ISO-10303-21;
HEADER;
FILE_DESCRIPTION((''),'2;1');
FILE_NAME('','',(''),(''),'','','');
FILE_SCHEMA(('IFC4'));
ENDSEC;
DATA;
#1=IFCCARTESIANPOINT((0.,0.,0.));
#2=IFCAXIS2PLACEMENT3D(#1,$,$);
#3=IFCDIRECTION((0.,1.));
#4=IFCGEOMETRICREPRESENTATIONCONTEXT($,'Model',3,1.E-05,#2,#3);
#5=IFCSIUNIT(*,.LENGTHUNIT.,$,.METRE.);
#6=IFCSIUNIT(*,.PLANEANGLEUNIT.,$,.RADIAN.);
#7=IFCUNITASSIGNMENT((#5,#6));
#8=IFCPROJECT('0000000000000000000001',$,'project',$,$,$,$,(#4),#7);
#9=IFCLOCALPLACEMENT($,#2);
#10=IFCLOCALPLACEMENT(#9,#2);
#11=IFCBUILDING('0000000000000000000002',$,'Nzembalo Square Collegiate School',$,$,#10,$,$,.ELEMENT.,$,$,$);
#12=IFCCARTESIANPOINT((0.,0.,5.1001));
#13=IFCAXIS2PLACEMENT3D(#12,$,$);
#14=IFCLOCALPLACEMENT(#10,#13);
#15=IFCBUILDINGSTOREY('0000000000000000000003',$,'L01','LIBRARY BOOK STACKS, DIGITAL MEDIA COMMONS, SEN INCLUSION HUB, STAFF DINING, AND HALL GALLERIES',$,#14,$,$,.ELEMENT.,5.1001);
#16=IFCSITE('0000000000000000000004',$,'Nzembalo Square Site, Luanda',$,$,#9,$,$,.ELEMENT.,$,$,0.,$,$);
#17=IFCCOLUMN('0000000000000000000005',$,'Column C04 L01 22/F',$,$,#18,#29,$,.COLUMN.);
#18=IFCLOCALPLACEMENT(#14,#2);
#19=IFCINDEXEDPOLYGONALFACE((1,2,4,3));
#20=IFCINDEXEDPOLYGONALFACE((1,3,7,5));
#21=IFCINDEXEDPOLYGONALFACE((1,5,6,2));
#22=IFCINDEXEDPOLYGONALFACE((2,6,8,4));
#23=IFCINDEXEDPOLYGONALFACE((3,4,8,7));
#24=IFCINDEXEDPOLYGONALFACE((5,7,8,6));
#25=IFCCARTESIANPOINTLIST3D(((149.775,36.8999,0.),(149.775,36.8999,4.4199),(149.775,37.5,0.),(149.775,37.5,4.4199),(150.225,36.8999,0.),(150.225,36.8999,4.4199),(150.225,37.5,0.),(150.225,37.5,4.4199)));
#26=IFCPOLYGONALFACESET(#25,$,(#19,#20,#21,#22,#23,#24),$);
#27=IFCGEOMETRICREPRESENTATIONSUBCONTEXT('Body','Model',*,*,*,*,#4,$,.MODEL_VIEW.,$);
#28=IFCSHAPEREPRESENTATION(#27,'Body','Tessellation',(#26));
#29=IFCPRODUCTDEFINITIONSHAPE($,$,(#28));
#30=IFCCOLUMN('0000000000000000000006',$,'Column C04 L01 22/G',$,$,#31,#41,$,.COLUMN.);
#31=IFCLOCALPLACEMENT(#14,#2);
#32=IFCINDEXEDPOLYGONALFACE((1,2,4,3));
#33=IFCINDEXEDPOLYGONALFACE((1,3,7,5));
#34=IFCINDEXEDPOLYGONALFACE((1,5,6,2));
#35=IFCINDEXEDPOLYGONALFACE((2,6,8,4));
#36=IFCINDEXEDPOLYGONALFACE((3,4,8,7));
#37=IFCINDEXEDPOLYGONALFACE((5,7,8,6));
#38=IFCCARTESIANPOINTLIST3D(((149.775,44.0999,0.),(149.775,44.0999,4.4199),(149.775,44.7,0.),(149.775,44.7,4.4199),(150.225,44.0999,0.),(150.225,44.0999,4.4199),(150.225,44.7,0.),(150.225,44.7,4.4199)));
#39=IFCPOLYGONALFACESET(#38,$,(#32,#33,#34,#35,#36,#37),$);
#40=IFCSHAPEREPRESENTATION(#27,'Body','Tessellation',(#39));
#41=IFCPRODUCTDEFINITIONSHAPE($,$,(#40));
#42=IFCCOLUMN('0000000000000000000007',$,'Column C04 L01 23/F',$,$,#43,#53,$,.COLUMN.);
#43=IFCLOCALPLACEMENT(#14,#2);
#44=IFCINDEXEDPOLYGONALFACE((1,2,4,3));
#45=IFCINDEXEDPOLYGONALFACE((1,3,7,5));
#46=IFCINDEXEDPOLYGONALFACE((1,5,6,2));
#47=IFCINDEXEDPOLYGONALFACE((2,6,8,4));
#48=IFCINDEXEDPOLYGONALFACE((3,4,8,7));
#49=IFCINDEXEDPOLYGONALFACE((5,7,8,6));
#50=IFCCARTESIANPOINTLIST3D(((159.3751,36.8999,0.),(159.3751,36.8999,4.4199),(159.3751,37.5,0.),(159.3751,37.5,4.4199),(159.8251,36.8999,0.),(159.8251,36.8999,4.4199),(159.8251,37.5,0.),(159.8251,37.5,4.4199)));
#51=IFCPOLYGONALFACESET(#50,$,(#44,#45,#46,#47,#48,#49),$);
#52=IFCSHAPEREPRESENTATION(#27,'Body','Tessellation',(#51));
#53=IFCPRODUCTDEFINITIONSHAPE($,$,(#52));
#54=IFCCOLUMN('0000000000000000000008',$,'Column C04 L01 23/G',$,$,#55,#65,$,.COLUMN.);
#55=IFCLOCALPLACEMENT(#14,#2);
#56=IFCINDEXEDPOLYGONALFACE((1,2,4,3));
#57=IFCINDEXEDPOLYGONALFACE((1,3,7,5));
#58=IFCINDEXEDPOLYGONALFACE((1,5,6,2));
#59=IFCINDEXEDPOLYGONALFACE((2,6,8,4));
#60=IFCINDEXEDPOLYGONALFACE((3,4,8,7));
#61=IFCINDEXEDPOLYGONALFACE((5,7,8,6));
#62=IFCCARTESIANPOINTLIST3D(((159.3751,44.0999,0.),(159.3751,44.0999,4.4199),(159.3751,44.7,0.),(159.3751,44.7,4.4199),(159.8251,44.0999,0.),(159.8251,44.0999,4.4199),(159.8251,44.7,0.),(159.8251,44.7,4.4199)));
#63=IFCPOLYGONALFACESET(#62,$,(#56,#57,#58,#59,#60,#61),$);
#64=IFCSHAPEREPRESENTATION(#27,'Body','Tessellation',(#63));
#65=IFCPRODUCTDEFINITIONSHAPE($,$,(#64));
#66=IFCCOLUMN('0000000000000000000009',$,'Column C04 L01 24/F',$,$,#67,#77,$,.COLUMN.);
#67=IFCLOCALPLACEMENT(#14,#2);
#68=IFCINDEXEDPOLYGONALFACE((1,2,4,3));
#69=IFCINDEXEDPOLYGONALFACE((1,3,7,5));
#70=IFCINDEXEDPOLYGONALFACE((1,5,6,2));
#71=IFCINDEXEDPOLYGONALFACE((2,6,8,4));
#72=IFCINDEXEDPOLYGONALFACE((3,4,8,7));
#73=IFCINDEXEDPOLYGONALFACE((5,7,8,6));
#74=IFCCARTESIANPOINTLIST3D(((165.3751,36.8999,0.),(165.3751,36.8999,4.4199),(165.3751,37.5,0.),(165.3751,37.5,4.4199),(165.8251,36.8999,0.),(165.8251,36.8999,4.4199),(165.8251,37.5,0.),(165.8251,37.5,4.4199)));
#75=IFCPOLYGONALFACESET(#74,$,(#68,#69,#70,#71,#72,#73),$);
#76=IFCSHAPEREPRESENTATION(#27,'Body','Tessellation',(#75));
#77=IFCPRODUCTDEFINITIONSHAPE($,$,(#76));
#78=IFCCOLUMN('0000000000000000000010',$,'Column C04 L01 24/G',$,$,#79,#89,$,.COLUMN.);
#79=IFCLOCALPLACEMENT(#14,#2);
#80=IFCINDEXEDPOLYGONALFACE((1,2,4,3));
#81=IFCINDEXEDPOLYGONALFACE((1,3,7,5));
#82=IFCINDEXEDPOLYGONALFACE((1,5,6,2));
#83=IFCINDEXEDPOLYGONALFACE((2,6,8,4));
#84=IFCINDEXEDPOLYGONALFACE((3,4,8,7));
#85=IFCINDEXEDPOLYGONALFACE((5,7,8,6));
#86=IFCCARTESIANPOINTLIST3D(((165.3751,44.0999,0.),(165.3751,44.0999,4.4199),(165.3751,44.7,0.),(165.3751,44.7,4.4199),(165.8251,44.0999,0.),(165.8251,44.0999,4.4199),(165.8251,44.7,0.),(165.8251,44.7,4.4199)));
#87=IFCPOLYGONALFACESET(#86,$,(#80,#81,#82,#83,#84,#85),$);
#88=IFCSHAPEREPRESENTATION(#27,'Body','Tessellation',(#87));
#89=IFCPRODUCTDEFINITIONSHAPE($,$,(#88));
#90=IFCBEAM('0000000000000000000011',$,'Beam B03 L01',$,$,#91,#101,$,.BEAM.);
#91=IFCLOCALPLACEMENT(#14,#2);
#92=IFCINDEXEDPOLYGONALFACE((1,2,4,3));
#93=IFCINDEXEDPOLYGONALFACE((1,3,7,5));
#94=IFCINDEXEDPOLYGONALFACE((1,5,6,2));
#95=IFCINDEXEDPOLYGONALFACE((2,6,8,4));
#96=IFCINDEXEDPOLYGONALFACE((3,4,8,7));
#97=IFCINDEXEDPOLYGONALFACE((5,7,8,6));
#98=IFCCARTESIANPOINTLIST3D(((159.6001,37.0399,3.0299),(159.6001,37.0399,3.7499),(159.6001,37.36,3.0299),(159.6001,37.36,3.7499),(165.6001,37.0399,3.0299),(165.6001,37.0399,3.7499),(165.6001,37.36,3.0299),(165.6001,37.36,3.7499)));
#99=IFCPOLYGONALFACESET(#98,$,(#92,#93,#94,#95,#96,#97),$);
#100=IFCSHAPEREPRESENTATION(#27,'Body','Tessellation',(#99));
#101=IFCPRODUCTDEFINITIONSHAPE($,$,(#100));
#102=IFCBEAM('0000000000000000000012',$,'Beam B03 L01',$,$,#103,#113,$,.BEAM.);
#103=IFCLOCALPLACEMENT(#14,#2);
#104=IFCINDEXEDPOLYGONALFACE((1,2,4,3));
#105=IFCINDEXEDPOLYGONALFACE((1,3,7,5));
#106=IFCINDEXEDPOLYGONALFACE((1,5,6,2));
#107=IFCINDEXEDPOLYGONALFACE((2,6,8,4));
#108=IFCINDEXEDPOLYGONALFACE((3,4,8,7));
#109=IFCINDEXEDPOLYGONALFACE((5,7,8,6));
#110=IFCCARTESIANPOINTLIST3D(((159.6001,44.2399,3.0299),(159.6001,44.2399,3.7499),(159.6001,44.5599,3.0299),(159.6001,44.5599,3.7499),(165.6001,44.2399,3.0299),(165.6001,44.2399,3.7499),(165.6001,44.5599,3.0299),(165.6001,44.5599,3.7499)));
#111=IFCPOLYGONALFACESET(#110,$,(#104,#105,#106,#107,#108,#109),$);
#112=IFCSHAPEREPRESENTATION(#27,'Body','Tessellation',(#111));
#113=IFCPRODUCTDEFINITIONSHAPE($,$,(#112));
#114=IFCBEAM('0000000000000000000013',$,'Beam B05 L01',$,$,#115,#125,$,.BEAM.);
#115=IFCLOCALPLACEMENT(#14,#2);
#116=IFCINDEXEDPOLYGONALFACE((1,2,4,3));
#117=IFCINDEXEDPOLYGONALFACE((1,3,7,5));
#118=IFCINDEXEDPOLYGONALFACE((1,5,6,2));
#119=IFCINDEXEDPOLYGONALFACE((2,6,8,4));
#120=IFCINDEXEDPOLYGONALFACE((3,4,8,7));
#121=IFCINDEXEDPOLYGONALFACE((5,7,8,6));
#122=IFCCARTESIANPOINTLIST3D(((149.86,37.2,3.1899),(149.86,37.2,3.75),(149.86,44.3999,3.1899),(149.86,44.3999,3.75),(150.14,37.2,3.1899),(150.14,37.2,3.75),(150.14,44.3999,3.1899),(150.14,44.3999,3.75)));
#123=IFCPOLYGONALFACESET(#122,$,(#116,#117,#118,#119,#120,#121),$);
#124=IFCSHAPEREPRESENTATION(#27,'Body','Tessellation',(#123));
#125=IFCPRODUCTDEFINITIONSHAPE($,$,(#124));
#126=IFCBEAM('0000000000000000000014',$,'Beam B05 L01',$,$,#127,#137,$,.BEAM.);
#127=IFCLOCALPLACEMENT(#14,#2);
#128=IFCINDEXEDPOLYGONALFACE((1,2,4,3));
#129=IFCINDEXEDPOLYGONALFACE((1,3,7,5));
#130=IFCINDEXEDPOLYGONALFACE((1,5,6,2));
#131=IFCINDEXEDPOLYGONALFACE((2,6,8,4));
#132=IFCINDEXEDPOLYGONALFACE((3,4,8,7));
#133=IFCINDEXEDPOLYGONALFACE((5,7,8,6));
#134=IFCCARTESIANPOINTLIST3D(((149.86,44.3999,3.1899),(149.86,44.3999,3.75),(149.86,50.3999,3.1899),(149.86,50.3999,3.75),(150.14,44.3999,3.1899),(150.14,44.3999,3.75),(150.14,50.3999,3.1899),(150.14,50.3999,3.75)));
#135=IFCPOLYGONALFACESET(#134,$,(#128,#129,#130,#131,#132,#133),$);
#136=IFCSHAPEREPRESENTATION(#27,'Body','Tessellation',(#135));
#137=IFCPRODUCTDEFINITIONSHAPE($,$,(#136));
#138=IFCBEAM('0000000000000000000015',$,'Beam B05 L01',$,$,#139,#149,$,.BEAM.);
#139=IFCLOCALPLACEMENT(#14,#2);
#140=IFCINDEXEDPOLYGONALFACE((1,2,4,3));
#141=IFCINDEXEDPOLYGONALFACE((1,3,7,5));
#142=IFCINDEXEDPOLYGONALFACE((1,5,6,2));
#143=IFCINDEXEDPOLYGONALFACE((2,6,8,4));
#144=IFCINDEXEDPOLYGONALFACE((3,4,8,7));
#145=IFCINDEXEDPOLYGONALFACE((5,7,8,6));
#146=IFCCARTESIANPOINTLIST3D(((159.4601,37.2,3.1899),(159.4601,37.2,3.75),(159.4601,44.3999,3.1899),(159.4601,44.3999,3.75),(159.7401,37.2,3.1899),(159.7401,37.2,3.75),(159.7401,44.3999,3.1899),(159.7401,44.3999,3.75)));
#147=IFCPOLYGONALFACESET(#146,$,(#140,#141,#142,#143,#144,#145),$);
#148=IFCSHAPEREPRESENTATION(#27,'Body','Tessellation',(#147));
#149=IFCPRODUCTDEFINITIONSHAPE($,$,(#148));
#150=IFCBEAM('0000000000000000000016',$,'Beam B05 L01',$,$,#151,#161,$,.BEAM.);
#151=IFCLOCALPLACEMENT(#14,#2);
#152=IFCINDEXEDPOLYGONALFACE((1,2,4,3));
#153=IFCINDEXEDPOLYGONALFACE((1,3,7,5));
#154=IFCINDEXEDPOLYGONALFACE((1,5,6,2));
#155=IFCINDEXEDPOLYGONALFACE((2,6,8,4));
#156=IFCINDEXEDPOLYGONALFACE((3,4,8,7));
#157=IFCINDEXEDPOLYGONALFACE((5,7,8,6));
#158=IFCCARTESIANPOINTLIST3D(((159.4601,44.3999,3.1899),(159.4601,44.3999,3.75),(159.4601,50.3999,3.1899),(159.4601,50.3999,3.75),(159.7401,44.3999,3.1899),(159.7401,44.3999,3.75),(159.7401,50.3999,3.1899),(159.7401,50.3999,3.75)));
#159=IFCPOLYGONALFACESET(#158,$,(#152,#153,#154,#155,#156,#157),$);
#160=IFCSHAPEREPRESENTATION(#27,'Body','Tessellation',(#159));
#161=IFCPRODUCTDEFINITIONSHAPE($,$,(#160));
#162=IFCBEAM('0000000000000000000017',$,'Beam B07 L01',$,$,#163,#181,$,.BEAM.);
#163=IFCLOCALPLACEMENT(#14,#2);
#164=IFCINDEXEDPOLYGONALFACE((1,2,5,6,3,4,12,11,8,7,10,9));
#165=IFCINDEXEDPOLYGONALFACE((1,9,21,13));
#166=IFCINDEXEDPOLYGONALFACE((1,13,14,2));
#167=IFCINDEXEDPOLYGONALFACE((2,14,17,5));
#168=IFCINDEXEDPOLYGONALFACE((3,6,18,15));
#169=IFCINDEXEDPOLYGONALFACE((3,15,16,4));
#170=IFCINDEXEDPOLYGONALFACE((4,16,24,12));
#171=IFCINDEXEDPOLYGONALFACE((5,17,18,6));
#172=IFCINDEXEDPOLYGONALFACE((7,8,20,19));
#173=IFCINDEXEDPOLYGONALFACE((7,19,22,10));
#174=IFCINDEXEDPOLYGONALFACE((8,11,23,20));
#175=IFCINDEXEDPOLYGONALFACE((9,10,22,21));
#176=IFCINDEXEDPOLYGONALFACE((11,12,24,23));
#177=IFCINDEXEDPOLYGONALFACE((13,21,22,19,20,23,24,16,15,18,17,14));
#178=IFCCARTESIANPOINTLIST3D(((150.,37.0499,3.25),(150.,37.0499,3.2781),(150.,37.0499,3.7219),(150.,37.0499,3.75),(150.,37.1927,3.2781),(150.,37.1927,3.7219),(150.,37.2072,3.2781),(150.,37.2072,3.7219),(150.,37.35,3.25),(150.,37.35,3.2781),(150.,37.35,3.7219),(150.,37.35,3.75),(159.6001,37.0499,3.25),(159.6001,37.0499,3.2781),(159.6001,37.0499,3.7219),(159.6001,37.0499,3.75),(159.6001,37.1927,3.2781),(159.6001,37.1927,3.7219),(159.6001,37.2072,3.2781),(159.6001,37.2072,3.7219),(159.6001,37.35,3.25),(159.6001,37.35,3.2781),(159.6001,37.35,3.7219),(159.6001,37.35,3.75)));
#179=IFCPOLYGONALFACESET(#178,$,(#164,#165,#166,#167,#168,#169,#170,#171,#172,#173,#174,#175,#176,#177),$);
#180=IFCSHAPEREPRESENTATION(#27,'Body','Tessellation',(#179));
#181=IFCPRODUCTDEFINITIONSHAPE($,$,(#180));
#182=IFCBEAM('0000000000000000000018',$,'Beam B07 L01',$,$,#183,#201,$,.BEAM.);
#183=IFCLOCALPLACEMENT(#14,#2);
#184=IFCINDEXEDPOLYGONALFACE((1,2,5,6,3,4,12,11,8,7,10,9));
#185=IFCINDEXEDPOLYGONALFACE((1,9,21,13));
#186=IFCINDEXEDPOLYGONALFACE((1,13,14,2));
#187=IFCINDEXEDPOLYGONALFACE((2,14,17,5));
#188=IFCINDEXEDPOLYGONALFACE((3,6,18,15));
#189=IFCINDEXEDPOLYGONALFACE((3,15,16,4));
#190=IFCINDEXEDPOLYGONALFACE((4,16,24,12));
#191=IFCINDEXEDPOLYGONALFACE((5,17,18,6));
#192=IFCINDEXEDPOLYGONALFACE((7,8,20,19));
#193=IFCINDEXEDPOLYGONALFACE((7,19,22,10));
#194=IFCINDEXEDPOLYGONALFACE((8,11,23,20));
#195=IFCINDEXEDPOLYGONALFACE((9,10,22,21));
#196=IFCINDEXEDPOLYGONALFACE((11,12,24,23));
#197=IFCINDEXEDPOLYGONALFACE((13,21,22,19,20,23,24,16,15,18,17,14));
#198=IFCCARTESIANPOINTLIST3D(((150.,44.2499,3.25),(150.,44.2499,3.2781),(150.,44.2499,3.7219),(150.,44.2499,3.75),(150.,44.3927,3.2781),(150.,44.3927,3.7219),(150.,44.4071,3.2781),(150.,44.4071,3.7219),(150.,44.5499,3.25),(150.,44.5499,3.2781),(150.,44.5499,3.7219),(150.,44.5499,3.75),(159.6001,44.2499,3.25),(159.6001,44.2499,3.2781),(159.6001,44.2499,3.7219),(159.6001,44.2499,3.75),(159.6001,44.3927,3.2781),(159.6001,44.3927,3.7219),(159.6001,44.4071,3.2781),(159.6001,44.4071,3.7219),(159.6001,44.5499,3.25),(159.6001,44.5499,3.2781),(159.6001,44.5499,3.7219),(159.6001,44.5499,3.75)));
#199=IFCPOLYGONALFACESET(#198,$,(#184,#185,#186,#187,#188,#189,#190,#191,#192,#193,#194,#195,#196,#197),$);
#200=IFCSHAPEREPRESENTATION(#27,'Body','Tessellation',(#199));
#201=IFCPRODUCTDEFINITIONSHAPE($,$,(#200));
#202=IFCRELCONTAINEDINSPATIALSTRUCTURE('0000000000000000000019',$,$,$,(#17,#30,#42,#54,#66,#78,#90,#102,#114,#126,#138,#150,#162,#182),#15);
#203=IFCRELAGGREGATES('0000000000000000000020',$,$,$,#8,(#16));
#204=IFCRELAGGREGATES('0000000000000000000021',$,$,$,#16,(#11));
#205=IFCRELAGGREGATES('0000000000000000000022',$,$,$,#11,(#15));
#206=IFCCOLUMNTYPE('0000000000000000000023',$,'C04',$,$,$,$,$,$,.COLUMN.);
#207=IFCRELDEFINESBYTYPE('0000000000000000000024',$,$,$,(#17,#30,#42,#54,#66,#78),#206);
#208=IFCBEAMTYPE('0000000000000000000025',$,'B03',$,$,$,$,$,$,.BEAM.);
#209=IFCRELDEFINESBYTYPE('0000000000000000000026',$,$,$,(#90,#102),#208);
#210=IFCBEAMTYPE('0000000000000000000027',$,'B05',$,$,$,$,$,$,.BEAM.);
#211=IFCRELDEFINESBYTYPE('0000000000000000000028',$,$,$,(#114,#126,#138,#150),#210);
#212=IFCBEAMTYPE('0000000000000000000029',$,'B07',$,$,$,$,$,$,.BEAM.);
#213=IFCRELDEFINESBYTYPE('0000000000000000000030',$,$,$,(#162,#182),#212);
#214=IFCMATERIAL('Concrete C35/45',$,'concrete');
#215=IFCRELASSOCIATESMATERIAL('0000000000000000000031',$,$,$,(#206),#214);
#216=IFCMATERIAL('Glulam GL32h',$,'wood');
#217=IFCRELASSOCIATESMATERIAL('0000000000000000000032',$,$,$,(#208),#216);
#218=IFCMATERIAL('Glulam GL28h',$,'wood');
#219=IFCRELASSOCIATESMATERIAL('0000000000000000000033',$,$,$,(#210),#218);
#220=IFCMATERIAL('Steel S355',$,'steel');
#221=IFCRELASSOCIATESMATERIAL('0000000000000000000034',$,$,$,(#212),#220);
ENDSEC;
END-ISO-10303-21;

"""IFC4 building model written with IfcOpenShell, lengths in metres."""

from ifc_helpers import new_model, si_unit, direction, frame, origin, origin_2d, place, context, subcontext, project, spatial, rectangle, i_section, extrude, material, material_profile, profile_set, type_object, element, save


model = new_model("IFC4")

# Units and contexts
model_context = context("Model", 3, precision=1e-05, world=origin(), true_north=direction((0.0, 1.0)))
body_context = subcontext(model_context, "Body", "Model", "MODEL_VIEW")
ifc_project = project(units=[si_unit("LENGTHUNIT", "METRE"), si_unit("PLANEANGLEUNIT", "RADIAN")], contexts=[model_context])

# Site, building, storey
site_placement = place(None, origin())
site = spatial("IfcSite", under=ifc_project, at=site_placement, Name="Nzembalo Square Site, Luanda", CompositionType="ELEMENT", RefElevation=0.0)
building_placement = place(site_placement, origin())
building = spatial("IfcBuilding", under=site, at=building_placement, Name="Nzembalo Square Collegiate School", CompositionType="ELEMENT")
storey_placement = place(building_placement, frame((0.0, 0.0, 5.1001)))
storey = spatial("IfcBuildingStorey", under=building, at=storey_placement, Name="L01", Description="LIBRARY BOOK STACKS, DIGITAL MEDIA COMMONS, SEN INCLUSION HUB, STAFF DINING, AND HALL GALLERIES", CompositionType="ELEMENT", Elevation=5.1001)

# Columns
ifc_material_1 = material(Name="Concrete C35/45", Category="concrete")
ifc_material_profile_1 = material_profile(ifc_material_1, rectangle(XDim=0.45, YDim=0.6001, at=origin_2d()), Name="RC 450x600")
ifc_profile_set_1 = profile_set([ifc_material_profile_1], Name="Concrete C35/45")
column_type = type_object("IfcColumnType", Name="C04", PredefinedType="COLUMN", material=ifc_profile_set_1)
for number, where, z_axis, x_axis, name in (
    (1, (150.0, 37.2, 0.0), (0.0, 0.0, 1.0), (1.0, 0.0, 0.0), "Column C04 L01 22/F"),
    (2, (150.0, 44.3999, 0.0), (0.0, 0.0, 1.0), (1.0, 0.0, 0.0), "Column C04 L01 22/G"),
    (3, (159.6001, 37.2, 0.0), (0.0, 0.0, 1.0), (1.0, 0.0, 0.0), "Column C04 L01 23/F"),
    (4, (159.6001, 44.3999, 0.0), (0.0, 0.0, 1.0), (1.0, 0.0, 0.0), "Column C04 L01 23/G"),
    (5, (165.6001, 37.2, 0.0), (0.0, 0.0, 1.0), (1.0, 0.0, 0.0), "Column C04 L01 24/F"),
    (6, (165.6001, 44.3999, 0.0), (0.0, 0.0, 1.0), (1.0, 0.0, 0.0), "Column C04 L01 24/G"),
):
    element("IfcColumn", number, at=place(storey_placement, frame(where, z_axis=z_axis, x_axis=x_axis)), inside=storey, type_object=column_type, Name=name, PredefinedType="COLUMN", context=body_context, shape_type="SweptSolid", body=[
        extrude(rectangle(XDim=0.45, YDim=0.6001, at=origin_2d()), origin(), (0.0, 0.0, 1.0), 4.4199),
    ])

# Beams
ifc_material_2 = material(Name="Glulam GL32h", Category="wood")
ifc_material_profile_2 = material_profile(ifc_material_2, rectangle(XDim=0.3201, YDim=0.72, at=origin_2d()), Name="GL32h 320x720")
ifc_profile_set_2 = profile_set([ifc_material_profile_2], Name="Glulam GL32h")
beam_type_1 = type_object("IfcBeamType", Name="B03", PredefinedType="BEAM", material=ifc_profile_set_2)
for number, where, z_axis, x_axis, name in (
    (7, (159.6001, 37.2, 3.3899), (1.0, 0.0, 0.0), (0.0, 1.0, 0.0), "Beam B03 L01"),
    (8, (159.6001, 44.3999, 3.3899), (1.0, 0.0, 0.0), (0.0, 1.0, 0.0), "Beam B03 L01"),
):
    element("IfcBeam", number, at=place(storey_placement, frame(where, z_axis=z_axis, x_axis=x_axis)), inside=storey, type_object=beam_type_1, Name=name, PredefinedType="BEAM", context=body_context, shape_type="SweptSolid", body=[
        extrude(rectangle(XDim=0.3201, YDim=0.72, at=origin_2d()), origin(), (0.0, 0.0, 1.0), 6.0),
    ])
ifc_material_3 = material(Name="Glulam GL28h", Category="wood")
ifc_material_profile_3 = material_profile(ifc_material_3, rectangle(XDim=0.28, YDim=0.5601, at=origin_2d()), Name="GL28h 280x560")
ifc_profile_set_3 = profile_set([ifc_material_profile_3], Name="Glulam GL28h")
beam_type_2 = type_object("IfcBeamType", Name="B05", PredefinedType="BEAM", material=ifc_profile_set_3)
beam_1_placement = place(storey_placement, frame((150.0, 37.2, 3.47), z_axis=(0.0, 1.0, 0.0), x_axis=(-1.0, 0.0, 0.0)))
element("IfcBeam", 9, at=beam_1_placement, inside=storey, type_object=beam_type_2, Name="Beam B05 L01", PredefinedType="BEAM", context=body_context, shape_type="SweptSolid", body=[
    extrude(rectangle(XDim=0.28, YDim=0.5601, at=origin_2d()), origin(), (0.0, 0.0, 1.0), 7.2),
])
beam_2_placement = place(storey_placement, frame((150.0, 44.3999, 3.47), z_axis=(0.0, 1.0, 0.0), x_axis=(-1.0, 0.0, 0.0)))
element("IfcBeam", 10, at=beam_2_placement, inside=storey, type_object=beam_type_2, Name="Beam B05 L01", PredefinedType="BEAM", context=body_context, shape_type="SweptSolid", body=[
    extrude(rectangle(XDim=0.28, YDim=0.5601, at=origin_2d()), origin(), (0.0, 0.0, 1.0), 6.0),
])
beam_3_placement = place(storey_placement, frame((159.6001, 37.2, 3.47), z_axis=(0.0, 1.0, 0.0), x_axis=(-1.0, 0.0, 0.0)))
element("IfcBeam", 11, at=beam_3_placement, inside=storey, type_object=beam_type_2, Name="Beam B05 L01", PredefinedType="BEAM", context=body_context, shape_type="SweptSolid", body=[
    extrude(rectangle(XDim=0.28, YDim=0.5601, at=origin_2d()), origin(), (0.0, 0.0, 1.0), 7.2),
])
beam_4_placement = place(storey_placement, frame((159.6001, 44.3999, 3.47), z_axis=(0.0, 1.0, 0.0), x_axis=(-1.0, 0.0, 0.0)))
element("IfcBeam", 12, at=beam_4_placement, inside=storey, type_object=beam_type_2, Name="Beam B05 L01", PredefinedType="BEAM", context=body_context, shape_type="SweptSolid", body=[
    extrude(rectangle(XDim=0.28, YDim=0.5601, at=origin_2d()), origin(), (0.0, 0.0, 1.0), 6.0),
])
ifc_material_4 = material(Name="Steel S355", Category="steel")
ifc_material_profile_4 = material_profile(ifc_material_4, i_section(OverallWidth=0.3, OverallDepth=0.5, WebThickness=0.0144, FlangeThickness=0.0281, at=origin_2d()), Name="HEB 500")
ifc_profile_set_4 = profile_set([ifc_material_profile_4], Name="Steel S355")
beam_type_3 = type_object("IfcBeamType", Name="B07", PredefinedType="BEAM", material=ifc_profile_set_4)
for number, where, z_axis, x_axis, name in (
    (13, (150.0, 37.2, 3.5), (1.0, 0.0, 0.0), (0.0, 1.0, 0.0), "Beam B07 L01"),
    (14, (150.0, 44.3999, 3.5), (1.0, 0.0, 0.0), (0.0, 1.0, 0.0), "Beam B07 L01"),
):
    element("IfcBeam", number, at=place(storey_placement, frame(where, z_axis=z_axis, x_axis=x_axis)), inside=storey, type_object=beam_type_3, Name=name, PredefinedType="BEAM", context=body_context, shape_type="SweptSolid", body=[
        extrude(i_section(OverallWidth=0.3, OverallDepth=0.5, WebThickness=0.0144, FlangeThickness=0.0281, at=origin_2d()), origin(), (0.0, 0.0, 1.0), 9.6001),
    ])

save(model, "model.ifc")
